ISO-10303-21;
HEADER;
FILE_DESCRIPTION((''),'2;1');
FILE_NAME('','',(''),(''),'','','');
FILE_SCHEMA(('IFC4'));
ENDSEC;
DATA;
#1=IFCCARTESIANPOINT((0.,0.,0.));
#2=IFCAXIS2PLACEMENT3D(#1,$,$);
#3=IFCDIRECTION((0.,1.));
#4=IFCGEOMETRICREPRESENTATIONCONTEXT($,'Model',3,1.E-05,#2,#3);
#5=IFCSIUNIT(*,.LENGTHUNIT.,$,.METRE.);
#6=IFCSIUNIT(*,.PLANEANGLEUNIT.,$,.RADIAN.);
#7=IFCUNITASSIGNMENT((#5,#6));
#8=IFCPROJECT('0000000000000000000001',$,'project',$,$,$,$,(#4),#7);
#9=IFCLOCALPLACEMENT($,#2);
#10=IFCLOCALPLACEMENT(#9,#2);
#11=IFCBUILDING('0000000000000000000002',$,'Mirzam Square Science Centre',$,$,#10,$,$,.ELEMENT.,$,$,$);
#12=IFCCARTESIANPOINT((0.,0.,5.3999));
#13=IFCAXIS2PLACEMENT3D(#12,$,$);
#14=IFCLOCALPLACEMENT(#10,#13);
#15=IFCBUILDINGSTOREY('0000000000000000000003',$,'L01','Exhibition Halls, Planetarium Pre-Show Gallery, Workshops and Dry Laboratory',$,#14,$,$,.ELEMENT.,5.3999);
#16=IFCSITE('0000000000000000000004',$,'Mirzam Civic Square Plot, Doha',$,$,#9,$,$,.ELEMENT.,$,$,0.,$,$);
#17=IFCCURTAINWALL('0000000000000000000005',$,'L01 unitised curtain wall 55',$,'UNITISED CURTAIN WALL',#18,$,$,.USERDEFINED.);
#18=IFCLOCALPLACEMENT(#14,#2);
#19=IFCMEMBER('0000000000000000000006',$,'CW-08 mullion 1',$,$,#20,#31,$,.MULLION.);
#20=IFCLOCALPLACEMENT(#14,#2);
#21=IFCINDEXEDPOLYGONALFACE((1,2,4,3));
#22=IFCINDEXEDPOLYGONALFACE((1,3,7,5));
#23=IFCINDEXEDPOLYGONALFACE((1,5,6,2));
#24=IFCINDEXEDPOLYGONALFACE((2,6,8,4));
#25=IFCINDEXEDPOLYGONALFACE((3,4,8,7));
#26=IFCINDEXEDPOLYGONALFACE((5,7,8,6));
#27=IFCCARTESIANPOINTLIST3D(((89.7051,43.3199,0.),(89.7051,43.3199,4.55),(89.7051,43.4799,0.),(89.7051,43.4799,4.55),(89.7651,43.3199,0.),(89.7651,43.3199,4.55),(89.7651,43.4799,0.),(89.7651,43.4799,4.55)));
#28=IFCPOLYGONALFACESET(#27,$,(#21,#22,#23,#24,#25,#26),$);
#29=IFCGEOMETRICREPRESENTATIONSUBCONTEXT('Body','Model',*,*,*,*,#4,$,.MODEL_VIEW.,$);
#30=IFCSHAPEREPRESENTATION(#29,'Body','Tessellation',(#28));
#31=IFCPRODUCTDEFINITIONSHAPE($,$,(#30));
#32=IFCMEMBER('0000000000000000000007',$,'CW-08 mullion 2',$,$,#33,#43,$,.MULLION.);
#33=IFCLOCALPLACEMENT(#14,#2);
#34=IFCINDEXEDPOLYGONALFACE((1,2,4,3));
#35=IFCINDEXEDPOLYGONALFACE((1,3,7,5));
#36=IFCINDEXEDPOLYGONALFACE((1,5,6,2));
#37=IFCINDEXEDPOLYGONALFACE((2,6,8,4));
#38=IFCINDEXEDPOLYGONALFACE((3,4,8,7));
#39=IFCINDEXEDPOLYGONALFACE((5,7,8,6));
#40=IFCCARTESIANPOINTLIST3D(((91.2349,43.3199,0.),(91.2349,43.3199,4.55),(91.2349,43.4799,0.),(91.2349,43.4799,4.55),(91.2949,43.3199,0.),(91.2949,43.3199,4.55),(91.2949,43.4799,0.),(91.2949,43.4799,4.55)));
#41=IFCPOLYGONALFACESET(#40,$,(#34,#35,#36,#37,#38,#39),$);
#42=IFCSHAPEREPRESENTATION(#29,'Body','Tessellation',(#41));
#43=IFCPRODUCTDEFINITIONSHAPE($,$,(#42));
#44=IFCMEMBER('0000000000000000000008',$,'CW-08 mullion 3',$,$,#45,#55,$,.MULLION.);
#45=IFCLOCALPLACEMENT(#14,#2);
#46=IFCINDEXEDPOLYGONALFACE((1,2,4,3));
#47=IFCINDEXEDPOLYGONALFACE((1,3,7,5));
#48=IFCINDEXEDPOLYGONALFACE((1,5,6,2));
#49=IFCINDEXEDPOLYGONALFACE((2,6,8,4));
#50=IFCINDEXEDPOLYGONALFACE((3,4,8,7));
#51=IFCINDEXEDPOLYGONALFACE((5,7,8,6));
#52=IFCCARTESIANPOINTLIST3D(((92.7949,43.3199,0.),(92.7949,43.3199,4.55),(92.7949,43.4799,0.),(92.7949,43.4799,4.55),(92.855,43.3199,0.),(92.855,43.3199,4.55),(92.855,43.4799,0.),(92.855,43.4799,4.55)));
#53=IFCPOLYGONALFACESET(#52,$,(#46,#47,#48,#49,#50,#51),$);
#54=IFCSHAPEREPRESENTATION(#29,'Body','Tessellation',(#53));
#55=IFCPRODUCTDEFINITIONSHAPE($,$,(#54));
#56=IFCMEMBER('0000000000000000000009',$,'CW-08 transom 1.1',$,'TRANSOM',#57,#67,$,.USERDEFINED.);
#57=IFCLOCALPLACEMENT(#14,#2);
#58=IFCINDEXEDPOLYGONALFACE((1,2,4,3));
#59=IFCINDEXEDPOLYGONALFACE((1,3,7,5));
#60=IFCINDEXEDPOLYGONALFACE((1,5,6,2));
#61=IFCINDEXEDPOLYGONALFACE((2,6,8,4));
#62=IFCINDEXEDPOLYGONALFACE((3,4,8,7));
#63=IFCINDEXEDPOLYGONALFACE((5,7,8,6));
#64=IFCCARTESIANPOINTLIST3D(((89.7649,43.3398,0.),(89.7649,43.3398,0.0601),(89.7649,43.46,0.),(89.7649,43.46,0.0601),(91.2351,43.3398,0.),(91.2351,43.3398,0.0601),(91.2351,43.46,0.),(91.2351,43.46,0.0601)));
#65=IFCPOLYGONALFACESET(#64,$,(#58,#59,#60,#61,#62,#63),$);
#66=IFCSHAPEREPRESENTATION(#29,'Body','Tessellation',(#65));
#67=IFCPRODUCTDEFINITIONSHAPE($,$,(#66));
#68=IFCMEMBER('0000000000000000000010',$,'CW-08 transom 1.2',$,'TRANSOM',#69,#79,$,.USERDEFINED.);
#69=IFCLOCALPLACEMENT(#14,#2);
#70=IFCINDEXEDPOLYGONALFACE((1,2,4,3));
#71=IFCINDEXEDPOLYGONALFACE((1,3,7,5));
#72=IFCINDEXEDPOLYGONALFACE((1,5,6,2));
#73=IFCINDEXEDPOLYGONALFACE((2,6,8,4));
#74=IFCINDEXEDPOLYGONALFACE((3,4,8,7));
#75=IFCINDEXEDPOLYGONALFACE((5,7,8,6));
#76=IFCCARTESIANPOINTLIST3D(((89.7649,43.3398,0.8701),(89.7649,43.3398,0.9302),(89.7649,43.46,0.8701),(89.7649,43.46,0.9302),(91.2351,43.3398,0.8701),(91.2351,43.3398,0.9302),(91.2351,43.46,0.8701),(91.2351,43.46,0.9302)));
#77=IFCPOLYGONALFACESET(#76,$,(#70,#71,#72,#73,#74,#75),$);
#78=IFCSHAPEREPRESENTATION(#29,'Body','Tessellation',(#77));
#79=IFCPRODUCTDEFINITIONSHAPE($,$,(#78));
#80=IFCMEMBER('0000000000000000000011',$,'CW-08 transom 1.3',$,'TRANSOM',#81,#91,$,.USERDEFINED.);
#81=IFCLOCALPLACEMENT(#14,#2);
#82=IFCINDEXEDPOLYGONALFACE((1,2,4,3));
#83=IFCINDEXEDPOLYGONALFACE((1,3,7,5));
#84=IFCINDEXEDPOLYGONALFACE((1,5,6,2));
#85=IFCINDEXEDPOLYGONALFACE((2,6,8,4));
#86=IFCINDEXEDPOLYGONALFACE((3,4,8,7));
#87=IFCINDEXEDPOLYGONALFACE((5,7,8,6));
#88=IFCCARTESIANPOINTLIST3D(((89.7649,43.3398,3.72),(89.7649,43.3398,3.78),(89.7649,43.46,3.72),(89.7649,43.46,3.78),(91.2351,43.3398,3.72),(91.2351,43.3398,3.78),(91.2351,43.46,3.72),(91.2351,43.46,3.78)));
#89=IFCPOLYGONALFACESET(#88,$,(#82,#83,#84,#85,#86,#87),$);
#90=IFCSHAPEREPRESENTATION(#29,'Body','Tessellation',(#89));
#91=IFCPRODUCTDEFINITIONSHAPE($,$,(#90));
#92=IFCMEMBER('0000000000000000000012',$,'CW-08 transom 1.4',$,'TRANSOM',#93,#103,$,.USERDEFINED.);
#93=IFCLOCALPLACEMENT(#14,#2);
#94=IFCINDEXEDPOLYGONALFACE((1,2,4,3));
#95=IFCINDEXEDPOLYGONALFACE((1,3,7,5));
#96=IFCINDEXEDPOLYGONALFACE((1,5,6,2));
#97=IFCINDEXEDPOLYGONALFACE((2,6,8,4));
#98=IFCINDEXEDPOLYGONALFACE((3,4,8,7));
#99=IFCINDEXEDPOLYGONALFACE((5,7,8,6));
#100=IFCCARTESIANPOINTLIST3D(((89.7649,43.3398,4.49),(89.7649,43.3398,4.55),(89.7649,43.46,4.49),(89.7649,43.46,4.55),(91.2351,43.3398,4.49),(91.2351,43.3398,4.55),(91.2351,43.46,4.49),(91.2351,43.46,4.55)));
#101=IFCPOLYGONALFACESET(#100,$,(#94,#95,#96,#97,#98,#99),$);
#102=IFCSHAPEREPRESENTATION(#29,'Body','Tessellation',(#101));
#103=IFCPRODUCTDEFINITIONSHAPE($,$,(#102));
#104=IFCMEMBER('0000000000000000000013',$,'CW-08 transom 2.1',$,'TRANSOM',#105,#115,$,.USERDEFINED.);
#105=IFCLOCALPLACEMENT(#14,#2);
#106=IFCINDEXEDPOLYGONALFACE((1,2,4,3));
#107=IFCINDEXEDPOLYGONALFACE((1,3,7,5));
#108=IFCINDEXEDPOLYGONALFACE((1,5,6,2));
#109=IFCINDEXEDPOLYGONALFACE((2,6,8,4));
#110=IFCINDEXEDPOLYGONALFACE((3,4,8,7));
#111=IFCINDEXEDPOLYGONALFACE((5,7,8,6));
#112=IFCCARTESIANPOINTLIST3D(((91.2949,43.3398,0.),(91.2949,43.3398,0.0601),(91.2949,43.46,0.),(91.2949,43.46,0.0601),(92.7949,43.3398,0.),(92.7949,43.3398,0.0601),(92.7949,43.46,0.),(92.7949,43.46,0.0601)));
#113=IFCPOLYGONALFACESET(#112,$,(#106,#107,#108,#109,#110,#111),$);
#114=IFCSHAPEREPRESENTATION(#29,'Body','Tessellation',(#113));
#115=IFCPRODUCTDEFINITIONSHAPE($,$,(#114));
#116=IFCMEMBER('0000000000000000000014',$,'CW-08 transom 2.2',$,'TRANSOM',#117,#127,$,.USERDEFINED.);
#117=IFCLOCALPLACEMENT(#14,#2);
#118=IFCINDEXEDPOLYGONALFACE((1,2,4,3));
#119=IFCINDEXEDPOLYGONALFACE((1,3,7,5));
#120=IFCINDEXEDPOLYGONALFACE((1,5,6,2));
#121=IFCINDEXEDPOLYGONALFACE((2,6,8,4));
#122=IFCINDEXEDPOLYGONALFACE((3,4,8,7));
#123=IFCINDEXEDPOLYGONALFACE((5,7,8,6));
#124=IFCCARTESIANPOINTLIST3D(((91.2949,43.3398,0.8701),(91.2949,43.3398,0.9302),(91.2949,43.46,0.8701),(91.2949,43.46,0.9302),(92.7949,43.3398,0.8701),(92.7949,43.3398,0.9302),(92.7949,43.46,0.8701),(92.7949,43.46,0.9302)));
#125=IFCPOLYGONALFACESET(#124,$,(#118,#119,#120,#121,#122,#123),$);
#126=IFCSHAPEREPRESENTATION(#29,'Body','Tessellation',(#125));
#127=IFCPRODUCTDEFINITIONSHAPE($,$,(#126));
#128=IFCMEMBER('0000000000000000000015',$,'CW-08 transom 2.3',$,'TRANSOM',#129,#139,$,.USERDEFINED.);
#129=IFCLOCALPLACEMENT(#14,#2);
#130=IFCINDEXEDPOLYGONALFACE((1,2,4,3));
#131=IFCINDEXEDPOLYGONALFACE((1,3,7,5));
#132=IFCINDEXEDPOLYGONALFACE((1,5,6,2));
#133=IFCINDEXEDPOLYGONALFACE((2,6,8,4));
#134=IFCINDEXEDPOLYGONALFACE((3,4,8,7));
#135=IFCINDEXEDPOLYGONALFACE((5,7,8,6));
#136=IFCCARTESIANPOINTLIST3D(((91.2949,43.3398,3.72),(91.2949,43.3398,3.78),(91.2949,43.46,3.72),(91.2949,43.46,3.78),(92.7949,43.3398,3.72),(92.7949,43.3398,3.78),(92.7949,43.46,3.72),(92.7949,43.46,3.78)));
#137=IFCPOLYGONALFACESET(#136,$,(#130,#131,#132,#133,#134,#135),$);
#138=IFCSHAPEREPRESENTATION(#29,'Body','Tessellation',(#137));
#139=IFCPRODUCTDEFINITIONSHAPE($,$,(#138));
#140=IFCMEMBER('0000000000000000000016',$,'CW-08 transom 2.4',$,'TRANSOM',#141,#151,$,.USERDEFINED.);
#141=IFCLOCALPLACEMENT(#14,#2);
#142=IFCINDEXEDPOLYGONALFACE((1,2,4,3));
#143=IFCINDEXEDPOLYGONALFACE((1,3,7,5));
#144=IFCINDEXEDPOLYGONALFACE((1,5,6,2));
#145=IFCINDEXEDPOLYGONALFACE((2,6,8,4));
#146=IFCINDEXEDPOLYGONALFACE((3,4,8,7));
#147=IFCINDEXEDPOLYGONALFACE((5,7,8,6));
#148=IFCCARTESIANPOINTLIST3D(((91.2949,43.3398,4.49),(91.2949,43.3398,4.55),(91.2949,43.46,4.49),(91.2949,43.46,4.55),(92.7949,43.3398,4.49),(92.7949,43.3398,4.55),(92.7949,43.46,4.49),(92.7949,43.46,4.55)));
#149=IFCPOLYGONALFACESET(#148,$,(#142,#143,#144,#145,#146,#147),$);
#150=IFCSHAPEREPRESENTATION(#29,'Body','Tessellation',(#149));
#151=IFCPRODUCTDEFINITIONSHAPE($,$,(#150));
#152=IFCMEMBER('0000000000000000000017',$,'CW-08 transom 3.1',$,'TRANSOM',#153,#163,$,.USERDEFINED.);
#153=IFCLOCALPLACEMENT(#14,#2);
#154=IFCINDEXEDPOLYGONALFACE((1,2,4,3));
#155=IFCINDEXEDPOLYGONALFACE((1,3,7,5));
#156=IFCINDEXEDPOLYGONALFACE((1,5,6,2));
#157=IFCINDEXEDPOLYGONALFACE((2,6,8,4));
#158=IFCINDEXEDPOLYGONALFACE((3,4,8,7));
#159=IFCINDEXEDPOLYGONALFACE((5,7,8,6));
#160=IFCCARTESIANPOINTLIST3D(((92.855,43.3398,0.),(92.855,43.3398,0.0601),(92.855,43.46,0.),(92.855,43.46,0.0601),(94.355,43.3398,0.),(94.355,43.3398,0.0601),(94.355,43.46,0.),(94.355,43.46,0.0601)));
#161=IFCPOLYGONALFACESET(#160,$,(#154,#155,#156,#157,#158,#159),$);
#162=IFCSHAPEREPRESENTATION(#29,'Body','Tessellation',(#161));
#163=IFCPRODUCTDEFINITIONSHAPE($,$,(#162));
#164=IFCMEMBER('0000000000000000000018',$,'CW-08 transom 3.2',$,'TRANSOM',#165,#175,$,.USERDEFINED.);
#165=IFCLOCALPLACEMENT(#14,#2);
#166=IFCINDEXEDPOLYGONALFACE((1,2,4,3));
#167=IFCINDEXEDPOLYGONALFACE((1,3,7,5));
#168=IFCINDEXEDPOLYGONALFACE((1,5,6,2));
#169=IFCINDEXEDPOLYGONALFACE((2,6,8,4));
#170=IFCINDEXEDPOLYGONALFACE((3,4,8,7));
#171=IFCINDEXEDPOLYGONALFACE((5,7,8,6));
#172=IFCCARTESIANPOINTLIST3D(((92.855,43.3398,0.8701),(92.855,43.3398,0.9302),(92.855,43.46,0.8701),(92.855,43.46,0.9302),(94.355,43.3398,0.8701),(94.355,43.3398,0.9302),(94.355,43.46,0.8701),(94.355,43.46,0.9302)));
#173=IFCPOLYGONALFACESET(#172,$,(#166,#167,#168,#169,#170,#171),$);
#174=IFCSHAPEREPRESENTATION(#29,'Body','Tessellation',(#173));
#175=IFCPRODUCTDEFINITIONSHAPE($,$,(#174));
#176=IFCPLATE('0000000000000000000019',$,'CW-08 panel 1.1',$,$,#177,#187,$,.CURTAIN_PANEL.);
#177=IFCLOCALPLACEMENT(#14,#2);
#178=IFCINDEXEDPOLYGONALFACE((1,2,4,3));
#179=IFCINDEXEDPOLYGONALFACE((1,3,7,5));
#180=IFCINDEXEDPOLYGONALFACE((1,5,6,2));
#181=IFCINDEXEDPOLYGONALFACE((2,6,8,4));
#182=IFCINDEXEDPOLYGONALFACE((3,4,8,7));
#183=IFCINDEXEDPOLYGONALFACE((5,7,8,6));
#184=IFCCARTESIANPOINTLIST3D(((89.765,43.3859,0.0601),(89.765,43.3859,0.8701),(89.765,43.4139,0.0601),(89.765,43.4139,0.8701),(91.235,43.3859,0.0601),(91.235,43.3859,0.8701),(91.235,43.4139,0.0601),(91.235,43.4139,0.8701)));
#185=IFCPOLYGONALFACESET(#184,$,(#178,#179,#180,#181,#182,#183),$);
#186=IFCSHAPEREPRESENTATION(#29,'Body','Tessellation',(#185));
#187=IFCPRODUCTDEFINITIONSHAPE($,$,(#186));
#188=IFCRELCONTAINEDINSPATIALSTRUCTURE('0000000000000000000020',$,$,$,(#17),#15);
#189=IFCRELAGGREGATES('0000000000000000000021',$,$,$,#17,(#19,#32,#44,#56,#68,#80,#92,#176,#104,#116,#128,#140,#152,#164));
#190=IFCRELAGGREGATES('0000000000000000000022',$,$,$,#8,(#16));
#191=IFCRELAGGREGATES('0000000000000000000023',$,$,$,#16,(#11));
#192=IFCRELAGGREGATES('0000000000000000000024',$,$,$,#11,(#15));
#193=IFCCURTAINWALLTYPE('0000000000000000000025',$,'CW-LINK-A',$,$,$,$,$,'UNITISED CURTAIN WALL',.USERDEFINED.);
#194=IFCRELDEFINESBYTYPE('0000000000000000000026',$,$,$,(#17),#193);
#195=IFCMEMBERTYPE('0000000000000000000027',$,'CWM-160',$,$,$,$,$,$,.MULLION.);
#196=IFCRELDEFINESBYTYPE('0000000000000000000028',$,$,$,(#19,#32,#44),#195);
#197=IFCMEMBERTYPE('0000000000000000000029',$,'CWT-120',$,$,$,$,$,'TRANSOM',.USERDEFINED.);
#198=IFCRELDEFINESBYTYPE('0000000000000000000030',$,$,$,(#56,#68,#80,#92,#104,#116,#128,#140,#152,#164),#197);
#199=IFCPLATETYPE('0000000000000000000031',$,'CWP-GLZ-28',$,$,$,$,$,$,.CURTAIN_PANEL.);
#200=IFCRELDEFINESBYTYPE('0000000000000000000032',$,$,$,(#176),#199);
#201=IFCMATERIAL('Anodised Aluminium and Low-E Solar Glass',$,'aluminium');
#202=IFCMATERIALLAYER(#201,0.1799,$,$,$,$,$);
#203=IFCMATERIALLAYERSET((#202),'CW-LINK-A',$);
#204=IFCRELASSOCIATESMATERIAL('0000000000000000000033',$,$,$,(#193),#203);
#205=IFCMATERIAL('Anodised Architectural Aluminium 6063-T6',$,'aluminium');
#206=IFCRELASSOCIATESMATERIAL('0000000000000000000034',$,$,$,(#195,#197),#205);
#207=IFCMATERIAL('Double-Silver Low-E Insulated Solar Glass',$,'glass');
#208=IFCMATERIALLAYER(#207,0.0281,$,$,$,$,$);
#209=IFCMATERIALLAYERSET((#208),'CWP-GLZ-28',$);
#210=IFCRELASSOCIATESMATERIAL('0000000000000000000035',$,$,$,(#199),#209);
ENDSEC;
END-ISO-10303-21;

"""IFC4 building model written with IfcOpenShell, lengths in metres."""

from ifc_helpers import new_model, si_unit, direction, frame, origin, origin_2d, place, context, subcontext, project, spatial, rectangle, extrude, material, layer, layer_set, material_profile, profile_set, type_object, element, aggregate, save


model = new_model("IFC4")

# Units and contexts
model_context = context("Model", 3, precision=1e-05, world=origin(), true_north=direction((0.0, 1.0)))
body_context = subcontext(model_context, "Body", "Model", "MODEL_VIEW")
ifc_project = project(units=[si_unit("LENGTHUNIT", "METRE"), si_unit("PLANEANGLEUNIT", "RADIAN")], contexts=[model_context])

# Site, building, storey
site_placement = place(None, origin())
site = spatial("IfcSite", under=ifc_project, at=site_placement, Name="Mirzam Civic Square Plot, Doha", CompositionType="ELEMENT", RefElevation=0.0)
building_placement = place(site_placement, origin())
building = spatial("IfcBuilding", under=site, at=building_placement, Name="Mirzam Square Science Centre", CompositionType="ELEMENT")
storey_placement = place(building_placement, frame((0.0, 0.0, 5.3999)))
storey = spatial("IfcBuildingStorey", under=building, at=storey_placement, Name="L01", Description="Exhibition Halls, Planetarium Pre-Show Gallery, Workshops and Dry Laboratory", CompositionType="ELEMENT", Elevation=5.3999)

# Curtain wall, members, plate
ifc_material_1 = material(Name="Anodised Aluminium and Low-E Solar Glass", Category="aluminium")
ifc_layer_1 = layer(ifc_material_1, 0.1799)
ifc_layer_set_1 = layer_set([ifc_layer_1], Name="CW-LINK-A")
curtain_wall_type = type_object("IfcCurtainWallType", Name="CW-LINK-A", ElementType="UNITISED CURTAIN WALL", PredefinedType="USERDEFINED", material=ifc_layer_set_1)
curtain_wall_placement = place(storey_placement, origin())
curtain_wall = element("IfcCurtainWall", 1, at=curtain_wall_placement, inside=storey, type_object=curtain_wall_type, Name="L01 unitised curtain wall 55", ObjectType="UNITISED CURTAIN WALL", PredefinedType="USERDEFINED")
ifc_material_2 = material(Name="Anodised Architectural Aluminium 6063-T6", Category="aluminium")
ifc_material_profile_1 = material_profile(ifc_material_2, rectangle(XDim=0.0601, YDim=0.1599, at=origin_2d()), Name="ALU-MULL-160x60x4")
ifc_profile_set_1 = profile_set([ifc_material_profile_1], Name="Anodised Architectural Aluminium 6063-T6")
member_type_1 = type_object("IfcMemberType", Name="CWM-160", PredefinedType="MULLION", material=ifc_profile_set_1)
member_1_placement = place(storey_placement, frame((89.7351, 43.3999, 0.0), z_axis=(0.0, 0.0, 1.0), x_axis=(1.0, 0.0, 0.0)))
member_1 = element("IfcMember", 2, at=member_1_placement, type_object=member_type_1, Name="CW-08 mullion 1", PredefinedType="MULLION", context=body_context, shape_type="SweptSolid", body=[
    extrude(rectangle(XDim=0.0601, YDim=0.1599, at=origin_2d()), origin(), (0.0, 0.0, 1.0), 4.55),
])
member_2_placement = place(storey_placement, frame((91.2649, 43.3999, 0.0), z_axis=(0.0, 0.0, 1.0), x_axis=(1.0, 0.0, 0.0)))
member_2 = element("IfcMember", 3, at=member_2_placement, type_object=member_type_1, Name="CW-08 mullion 2", PredefinedType="MULLION", context=body_context, shape_type="SweptSolid", body=[
    extrude(rectangle(XDim=0.0601, YDim=0.1599, at=origin_2d()), origin(), (0.0, 0.0, 1.0), 4.55),
])
member_3_placement = place(storey_placement, frame((92.825, 43.3999, 0.0), z_axis=(0.0, 0.0, 1.0), x_axis=(1.0, 0.0, 0.0)))
member_3 = element("IfcMember", 4, at=member_3_placement, type_object=member_type_1, Name="CW-08 mullion 3", PredefinedType="MULLION", context=body_context, shape_type="SweptSolid", body=[
    extrude(rectangle(XDim=0.0601, YDim=0.1599, at=origin_2d()), origin(), (0.0, 0.0, 1.0), 4.55),
])
ifc_material_profile_2 = material_profile(ifc_material_2, rectangle(XDim=0.1201, YDim=0.0601, at=origin_2d()), Name="ALU-TRAN-120x60x4")
ifc_profile_set_2 = profile_set([ifc_material_profile_2], Name="Anodised Architectural Aluminium 6063-T6")
member_type_2 = type_object("IfcMemberType", Name="CWT-120", ElementType="TRANSOM", PredefinedType="USERDEFINED", material=ifc_profile_set_2)
member_4_placement = place(storey_placement, frame((89.7649, 43.3999, 0.03), z_axis=(1.0, 0.0, 0.0), x_axis=(0.0, 1.0, 0.0)))
member_4 = element("IfcMember", 5, at=member_4_placement, type_object=member_type_2, Name="CW-08 transom 1.1", ObjectType="TRANSOM", PredefinedType="USERDEFINED", context=body_context, shape_type="SweptSolid", body=[
    extrude(rectangle(XDim=0.1201, YDim=0.0601, at=origin_2d()), origin(), (0.0, 0.0, 1.0), 1.4702),
])
member_5_placement = place(storey_placement, frame((89.7649, 43.3999, 0.9001), z_axis=(1.0, 0.0, 0.0), x_axis=(0.0, 1.0, 0.0)))
member_5 = element("IfcMember", 6, at=member_5_placement, type_object=member_type_2, Name="CW-08 transom 1.2", ObjectType="TRANSOM", PredefinedType="USERDEFINED", context=body_context, shape_type="SweptSolid", body=[
    extrude(rectangle(XDim=0.1201, YDim=0.0601, at=origin_2d()), origin(), (0.0, 0.0, 1.0), 1.4702),
])
member_6_placement = place(storey_placement, frame((89.7649, 43.3999, 3.75), z_axis=(1.0, 0.0, 0.0), x_axis=(0.0, 1.0, 0.0)))
member_6 = element("IfcMember", 7, at=member_6_placement, type_object=member_type_2, Name="CW-08 transom 1.3", ObjectType="TRANSOM", PredefinedType="USERDEFINED", context=body_context, shape_type="SweptSolid", body=[
    extrude(rectangle(XDim=0.1201, YDim=0.0601, at=origin_2d()), origin(), (0.0, 0.0, 1.0), 1.4702),
])
member_7_placement = place(storey_placement, frame((89.7649, 43.3999, 4.52), z_axis=(1.0, 0.0, 0.0), x_axis=(0.0, 1.0, 0.0)))
member_7 = element("IfcMember", 8, at=member_7_placement, type_object=member_type_2, Name="CW-08 transom 1.4", ObjectType="TRANSOM", PredefinedType="USERDEFINED", context=body_context, shape_type="SweptSolid", body=[
    extrude(rectangle(XDim=0.1201, YDim=0.0601, at=origin_2d()), origin(), (0.0, 0.0, 1.0), 1.4702),
])
member_8_placement = place(storey_placement, frame((91.2949, 43.3999, 0.03), z_axis=(1.0, 0.0, 0.0), x_axis=(0.0, 1.0, 0.0)))
member_8 = element("IfcMember", 9, at=member_8_placement, type_object=member_type_2, Name="CW-08 transom 2.1", ObjectType="TRANSOM", PredefinedType="USERDEFINED", context=body_context, shape_type="SweptSolid", body=[
    extrude(rectangle(XDim=0.1201, YDim=0.0601, at=origin_2d()), origin(), (0.0, 0.0, 1.0), 1.5),
])
member_9_placement = place(storey_placement, frame((91.2949, 43.3999, 0.9001), z_axis=(1.0, 0.0, 0.0), x_axis=(0.0, 1.0, 0.0)))
member_9 = element("IfcMember", 10, at=member_9_placement, type_object=member_type_2, Name="CW-08 transom 2.2", ObjectType="TRANSOM", PredefinedType="USERDEFINED", context=body_context, shape_type="SweptSolid", body=[
    extrude(rectangle(XDim=0.1201, YDim=0.0601, at=origin_2d()), origin(), (0.0, 0.0, 1.0), 1.5),
])
member_10_placement = place(storey_placement, frame((91.2949, 43.3999, 3.75), z_axis=(1.0, 0.0, 0.0), x_axis=(0.0, 1.0, 0.0)))
member_10 = element("IfcMember", 11, at=member_10_placement, type_object=member_type_2, Name="CW-08 transom 2.3", ObjectType="TRANSOM", PredefinedType="USERDEFINED", context=body_context, shape_type="SweptSolid", body=[
    extrude(rectangle(XDim=0.1201, YDim=0.0601, at=origin_2d()), origin(), (0.0, 0.0, 1.0), 1.5),
])
member_11_placement = place(storey_placement, frame((91.2949, 43.3999, 4.52), z_axis=(1.0, 0.0, 0.0), x_axis=(0.0, 1.0, 0.0)))
member_11 = element("IfcMember", 12, at=member_11_placement, type_object=member_type_2, Name="CW-08 transom 2.4", ObjectType="TRANSOM", PredefinedType="USERDEFINED", context=body_context, shape_type="SweptSolid", body=[
    extrude(rectangle(XDim=0.1201, YDim=0.0601, at=origin_2d()), origin(), (0.0, 0.0, 1.0), 1.5),
])
member_12_placement = place(storey_placement, frame((92.855, 43.3999, 0.03), z_axis=(1.0, 0.0, 0.0), x_axis=(0.0, 1.0, 0.0)))
member_12 = element("IfcMember", 13, at=member_12_placement, type_object=member_type_2, Name="CW-08 transom 3.1", ObjectType="TRANSOM", PredefinedType="USERDEFINED", context=body_context, shape_type="SweptSolid", body=[
    extrude(rectangle(XDim=0.1201, YDim=0.0601, at=origin_2d()), origin(), (0.0, 0.0, 1.0), 1.5),
])
member_13_placement = place(storey_placement, frame((92.855, 43.3999, 0.9001), z_axis=(1.0, 0.0, 0.0), x_axis=(0.0, 1.0, 0.0)))
member_13 = element("IfcMember", 14, at=member_13_placement, type_object=member_type_2, Name="CW-08 transom 3.2", ObjectType="TRANSOM", PredefinedType="USERDEFINED", context=body_context, shape_type="SweptSolid", body=[
    extrude(rectangle(XDim=0.1201, YDim=0.0601, at=origin_2d()), origin(), (0.0, 0.0, 1.0), 1.5),
])
ifc_material_3 = material(Name="Double-Silver Low-E Insulated Solar Glass", Category="glass")
ifc_layer_2 = layer(ifc_material_3, 0.0281)
ifc_layer_set_2 = layer_set([ifc_layer_2], Name="CWP-GLZ-28")
plate_type = type_object("IfcPlateType", Name="CWP-GLZ-28", PredefinedType="CURTAIN_PANEL", material=ifc_layer_set_2)
plate_1_placement = place(storey_placement, frame((90.5, 43.3999, 0.0601), z_axis=(0.0, 0.0, 1.0), x_axis=(1.0, 0.0, 0.0)))
plate_1 = element("IfcPlate", 15, at=plate_1_placement, type_object=plate_type, Name="CW-08 panel 1.1", PredefinedType="CURTAIN_PANEL", context=body_context, shape_type="SweptSolid", body=[
    extrude(rectangle(XDim=1.47, YDim=0.0281, at=origin_2d()), origin(), (0.0, 0.0, 1.0), 0.8101),
])
aggregate(curtain_wall, [member_1, member_2, member_3, member_4, member_5, member_6, member_7, plate_1, member_8, member_9, member_10, member_11, member_12, member_13])

save(model, "model.ifc")
